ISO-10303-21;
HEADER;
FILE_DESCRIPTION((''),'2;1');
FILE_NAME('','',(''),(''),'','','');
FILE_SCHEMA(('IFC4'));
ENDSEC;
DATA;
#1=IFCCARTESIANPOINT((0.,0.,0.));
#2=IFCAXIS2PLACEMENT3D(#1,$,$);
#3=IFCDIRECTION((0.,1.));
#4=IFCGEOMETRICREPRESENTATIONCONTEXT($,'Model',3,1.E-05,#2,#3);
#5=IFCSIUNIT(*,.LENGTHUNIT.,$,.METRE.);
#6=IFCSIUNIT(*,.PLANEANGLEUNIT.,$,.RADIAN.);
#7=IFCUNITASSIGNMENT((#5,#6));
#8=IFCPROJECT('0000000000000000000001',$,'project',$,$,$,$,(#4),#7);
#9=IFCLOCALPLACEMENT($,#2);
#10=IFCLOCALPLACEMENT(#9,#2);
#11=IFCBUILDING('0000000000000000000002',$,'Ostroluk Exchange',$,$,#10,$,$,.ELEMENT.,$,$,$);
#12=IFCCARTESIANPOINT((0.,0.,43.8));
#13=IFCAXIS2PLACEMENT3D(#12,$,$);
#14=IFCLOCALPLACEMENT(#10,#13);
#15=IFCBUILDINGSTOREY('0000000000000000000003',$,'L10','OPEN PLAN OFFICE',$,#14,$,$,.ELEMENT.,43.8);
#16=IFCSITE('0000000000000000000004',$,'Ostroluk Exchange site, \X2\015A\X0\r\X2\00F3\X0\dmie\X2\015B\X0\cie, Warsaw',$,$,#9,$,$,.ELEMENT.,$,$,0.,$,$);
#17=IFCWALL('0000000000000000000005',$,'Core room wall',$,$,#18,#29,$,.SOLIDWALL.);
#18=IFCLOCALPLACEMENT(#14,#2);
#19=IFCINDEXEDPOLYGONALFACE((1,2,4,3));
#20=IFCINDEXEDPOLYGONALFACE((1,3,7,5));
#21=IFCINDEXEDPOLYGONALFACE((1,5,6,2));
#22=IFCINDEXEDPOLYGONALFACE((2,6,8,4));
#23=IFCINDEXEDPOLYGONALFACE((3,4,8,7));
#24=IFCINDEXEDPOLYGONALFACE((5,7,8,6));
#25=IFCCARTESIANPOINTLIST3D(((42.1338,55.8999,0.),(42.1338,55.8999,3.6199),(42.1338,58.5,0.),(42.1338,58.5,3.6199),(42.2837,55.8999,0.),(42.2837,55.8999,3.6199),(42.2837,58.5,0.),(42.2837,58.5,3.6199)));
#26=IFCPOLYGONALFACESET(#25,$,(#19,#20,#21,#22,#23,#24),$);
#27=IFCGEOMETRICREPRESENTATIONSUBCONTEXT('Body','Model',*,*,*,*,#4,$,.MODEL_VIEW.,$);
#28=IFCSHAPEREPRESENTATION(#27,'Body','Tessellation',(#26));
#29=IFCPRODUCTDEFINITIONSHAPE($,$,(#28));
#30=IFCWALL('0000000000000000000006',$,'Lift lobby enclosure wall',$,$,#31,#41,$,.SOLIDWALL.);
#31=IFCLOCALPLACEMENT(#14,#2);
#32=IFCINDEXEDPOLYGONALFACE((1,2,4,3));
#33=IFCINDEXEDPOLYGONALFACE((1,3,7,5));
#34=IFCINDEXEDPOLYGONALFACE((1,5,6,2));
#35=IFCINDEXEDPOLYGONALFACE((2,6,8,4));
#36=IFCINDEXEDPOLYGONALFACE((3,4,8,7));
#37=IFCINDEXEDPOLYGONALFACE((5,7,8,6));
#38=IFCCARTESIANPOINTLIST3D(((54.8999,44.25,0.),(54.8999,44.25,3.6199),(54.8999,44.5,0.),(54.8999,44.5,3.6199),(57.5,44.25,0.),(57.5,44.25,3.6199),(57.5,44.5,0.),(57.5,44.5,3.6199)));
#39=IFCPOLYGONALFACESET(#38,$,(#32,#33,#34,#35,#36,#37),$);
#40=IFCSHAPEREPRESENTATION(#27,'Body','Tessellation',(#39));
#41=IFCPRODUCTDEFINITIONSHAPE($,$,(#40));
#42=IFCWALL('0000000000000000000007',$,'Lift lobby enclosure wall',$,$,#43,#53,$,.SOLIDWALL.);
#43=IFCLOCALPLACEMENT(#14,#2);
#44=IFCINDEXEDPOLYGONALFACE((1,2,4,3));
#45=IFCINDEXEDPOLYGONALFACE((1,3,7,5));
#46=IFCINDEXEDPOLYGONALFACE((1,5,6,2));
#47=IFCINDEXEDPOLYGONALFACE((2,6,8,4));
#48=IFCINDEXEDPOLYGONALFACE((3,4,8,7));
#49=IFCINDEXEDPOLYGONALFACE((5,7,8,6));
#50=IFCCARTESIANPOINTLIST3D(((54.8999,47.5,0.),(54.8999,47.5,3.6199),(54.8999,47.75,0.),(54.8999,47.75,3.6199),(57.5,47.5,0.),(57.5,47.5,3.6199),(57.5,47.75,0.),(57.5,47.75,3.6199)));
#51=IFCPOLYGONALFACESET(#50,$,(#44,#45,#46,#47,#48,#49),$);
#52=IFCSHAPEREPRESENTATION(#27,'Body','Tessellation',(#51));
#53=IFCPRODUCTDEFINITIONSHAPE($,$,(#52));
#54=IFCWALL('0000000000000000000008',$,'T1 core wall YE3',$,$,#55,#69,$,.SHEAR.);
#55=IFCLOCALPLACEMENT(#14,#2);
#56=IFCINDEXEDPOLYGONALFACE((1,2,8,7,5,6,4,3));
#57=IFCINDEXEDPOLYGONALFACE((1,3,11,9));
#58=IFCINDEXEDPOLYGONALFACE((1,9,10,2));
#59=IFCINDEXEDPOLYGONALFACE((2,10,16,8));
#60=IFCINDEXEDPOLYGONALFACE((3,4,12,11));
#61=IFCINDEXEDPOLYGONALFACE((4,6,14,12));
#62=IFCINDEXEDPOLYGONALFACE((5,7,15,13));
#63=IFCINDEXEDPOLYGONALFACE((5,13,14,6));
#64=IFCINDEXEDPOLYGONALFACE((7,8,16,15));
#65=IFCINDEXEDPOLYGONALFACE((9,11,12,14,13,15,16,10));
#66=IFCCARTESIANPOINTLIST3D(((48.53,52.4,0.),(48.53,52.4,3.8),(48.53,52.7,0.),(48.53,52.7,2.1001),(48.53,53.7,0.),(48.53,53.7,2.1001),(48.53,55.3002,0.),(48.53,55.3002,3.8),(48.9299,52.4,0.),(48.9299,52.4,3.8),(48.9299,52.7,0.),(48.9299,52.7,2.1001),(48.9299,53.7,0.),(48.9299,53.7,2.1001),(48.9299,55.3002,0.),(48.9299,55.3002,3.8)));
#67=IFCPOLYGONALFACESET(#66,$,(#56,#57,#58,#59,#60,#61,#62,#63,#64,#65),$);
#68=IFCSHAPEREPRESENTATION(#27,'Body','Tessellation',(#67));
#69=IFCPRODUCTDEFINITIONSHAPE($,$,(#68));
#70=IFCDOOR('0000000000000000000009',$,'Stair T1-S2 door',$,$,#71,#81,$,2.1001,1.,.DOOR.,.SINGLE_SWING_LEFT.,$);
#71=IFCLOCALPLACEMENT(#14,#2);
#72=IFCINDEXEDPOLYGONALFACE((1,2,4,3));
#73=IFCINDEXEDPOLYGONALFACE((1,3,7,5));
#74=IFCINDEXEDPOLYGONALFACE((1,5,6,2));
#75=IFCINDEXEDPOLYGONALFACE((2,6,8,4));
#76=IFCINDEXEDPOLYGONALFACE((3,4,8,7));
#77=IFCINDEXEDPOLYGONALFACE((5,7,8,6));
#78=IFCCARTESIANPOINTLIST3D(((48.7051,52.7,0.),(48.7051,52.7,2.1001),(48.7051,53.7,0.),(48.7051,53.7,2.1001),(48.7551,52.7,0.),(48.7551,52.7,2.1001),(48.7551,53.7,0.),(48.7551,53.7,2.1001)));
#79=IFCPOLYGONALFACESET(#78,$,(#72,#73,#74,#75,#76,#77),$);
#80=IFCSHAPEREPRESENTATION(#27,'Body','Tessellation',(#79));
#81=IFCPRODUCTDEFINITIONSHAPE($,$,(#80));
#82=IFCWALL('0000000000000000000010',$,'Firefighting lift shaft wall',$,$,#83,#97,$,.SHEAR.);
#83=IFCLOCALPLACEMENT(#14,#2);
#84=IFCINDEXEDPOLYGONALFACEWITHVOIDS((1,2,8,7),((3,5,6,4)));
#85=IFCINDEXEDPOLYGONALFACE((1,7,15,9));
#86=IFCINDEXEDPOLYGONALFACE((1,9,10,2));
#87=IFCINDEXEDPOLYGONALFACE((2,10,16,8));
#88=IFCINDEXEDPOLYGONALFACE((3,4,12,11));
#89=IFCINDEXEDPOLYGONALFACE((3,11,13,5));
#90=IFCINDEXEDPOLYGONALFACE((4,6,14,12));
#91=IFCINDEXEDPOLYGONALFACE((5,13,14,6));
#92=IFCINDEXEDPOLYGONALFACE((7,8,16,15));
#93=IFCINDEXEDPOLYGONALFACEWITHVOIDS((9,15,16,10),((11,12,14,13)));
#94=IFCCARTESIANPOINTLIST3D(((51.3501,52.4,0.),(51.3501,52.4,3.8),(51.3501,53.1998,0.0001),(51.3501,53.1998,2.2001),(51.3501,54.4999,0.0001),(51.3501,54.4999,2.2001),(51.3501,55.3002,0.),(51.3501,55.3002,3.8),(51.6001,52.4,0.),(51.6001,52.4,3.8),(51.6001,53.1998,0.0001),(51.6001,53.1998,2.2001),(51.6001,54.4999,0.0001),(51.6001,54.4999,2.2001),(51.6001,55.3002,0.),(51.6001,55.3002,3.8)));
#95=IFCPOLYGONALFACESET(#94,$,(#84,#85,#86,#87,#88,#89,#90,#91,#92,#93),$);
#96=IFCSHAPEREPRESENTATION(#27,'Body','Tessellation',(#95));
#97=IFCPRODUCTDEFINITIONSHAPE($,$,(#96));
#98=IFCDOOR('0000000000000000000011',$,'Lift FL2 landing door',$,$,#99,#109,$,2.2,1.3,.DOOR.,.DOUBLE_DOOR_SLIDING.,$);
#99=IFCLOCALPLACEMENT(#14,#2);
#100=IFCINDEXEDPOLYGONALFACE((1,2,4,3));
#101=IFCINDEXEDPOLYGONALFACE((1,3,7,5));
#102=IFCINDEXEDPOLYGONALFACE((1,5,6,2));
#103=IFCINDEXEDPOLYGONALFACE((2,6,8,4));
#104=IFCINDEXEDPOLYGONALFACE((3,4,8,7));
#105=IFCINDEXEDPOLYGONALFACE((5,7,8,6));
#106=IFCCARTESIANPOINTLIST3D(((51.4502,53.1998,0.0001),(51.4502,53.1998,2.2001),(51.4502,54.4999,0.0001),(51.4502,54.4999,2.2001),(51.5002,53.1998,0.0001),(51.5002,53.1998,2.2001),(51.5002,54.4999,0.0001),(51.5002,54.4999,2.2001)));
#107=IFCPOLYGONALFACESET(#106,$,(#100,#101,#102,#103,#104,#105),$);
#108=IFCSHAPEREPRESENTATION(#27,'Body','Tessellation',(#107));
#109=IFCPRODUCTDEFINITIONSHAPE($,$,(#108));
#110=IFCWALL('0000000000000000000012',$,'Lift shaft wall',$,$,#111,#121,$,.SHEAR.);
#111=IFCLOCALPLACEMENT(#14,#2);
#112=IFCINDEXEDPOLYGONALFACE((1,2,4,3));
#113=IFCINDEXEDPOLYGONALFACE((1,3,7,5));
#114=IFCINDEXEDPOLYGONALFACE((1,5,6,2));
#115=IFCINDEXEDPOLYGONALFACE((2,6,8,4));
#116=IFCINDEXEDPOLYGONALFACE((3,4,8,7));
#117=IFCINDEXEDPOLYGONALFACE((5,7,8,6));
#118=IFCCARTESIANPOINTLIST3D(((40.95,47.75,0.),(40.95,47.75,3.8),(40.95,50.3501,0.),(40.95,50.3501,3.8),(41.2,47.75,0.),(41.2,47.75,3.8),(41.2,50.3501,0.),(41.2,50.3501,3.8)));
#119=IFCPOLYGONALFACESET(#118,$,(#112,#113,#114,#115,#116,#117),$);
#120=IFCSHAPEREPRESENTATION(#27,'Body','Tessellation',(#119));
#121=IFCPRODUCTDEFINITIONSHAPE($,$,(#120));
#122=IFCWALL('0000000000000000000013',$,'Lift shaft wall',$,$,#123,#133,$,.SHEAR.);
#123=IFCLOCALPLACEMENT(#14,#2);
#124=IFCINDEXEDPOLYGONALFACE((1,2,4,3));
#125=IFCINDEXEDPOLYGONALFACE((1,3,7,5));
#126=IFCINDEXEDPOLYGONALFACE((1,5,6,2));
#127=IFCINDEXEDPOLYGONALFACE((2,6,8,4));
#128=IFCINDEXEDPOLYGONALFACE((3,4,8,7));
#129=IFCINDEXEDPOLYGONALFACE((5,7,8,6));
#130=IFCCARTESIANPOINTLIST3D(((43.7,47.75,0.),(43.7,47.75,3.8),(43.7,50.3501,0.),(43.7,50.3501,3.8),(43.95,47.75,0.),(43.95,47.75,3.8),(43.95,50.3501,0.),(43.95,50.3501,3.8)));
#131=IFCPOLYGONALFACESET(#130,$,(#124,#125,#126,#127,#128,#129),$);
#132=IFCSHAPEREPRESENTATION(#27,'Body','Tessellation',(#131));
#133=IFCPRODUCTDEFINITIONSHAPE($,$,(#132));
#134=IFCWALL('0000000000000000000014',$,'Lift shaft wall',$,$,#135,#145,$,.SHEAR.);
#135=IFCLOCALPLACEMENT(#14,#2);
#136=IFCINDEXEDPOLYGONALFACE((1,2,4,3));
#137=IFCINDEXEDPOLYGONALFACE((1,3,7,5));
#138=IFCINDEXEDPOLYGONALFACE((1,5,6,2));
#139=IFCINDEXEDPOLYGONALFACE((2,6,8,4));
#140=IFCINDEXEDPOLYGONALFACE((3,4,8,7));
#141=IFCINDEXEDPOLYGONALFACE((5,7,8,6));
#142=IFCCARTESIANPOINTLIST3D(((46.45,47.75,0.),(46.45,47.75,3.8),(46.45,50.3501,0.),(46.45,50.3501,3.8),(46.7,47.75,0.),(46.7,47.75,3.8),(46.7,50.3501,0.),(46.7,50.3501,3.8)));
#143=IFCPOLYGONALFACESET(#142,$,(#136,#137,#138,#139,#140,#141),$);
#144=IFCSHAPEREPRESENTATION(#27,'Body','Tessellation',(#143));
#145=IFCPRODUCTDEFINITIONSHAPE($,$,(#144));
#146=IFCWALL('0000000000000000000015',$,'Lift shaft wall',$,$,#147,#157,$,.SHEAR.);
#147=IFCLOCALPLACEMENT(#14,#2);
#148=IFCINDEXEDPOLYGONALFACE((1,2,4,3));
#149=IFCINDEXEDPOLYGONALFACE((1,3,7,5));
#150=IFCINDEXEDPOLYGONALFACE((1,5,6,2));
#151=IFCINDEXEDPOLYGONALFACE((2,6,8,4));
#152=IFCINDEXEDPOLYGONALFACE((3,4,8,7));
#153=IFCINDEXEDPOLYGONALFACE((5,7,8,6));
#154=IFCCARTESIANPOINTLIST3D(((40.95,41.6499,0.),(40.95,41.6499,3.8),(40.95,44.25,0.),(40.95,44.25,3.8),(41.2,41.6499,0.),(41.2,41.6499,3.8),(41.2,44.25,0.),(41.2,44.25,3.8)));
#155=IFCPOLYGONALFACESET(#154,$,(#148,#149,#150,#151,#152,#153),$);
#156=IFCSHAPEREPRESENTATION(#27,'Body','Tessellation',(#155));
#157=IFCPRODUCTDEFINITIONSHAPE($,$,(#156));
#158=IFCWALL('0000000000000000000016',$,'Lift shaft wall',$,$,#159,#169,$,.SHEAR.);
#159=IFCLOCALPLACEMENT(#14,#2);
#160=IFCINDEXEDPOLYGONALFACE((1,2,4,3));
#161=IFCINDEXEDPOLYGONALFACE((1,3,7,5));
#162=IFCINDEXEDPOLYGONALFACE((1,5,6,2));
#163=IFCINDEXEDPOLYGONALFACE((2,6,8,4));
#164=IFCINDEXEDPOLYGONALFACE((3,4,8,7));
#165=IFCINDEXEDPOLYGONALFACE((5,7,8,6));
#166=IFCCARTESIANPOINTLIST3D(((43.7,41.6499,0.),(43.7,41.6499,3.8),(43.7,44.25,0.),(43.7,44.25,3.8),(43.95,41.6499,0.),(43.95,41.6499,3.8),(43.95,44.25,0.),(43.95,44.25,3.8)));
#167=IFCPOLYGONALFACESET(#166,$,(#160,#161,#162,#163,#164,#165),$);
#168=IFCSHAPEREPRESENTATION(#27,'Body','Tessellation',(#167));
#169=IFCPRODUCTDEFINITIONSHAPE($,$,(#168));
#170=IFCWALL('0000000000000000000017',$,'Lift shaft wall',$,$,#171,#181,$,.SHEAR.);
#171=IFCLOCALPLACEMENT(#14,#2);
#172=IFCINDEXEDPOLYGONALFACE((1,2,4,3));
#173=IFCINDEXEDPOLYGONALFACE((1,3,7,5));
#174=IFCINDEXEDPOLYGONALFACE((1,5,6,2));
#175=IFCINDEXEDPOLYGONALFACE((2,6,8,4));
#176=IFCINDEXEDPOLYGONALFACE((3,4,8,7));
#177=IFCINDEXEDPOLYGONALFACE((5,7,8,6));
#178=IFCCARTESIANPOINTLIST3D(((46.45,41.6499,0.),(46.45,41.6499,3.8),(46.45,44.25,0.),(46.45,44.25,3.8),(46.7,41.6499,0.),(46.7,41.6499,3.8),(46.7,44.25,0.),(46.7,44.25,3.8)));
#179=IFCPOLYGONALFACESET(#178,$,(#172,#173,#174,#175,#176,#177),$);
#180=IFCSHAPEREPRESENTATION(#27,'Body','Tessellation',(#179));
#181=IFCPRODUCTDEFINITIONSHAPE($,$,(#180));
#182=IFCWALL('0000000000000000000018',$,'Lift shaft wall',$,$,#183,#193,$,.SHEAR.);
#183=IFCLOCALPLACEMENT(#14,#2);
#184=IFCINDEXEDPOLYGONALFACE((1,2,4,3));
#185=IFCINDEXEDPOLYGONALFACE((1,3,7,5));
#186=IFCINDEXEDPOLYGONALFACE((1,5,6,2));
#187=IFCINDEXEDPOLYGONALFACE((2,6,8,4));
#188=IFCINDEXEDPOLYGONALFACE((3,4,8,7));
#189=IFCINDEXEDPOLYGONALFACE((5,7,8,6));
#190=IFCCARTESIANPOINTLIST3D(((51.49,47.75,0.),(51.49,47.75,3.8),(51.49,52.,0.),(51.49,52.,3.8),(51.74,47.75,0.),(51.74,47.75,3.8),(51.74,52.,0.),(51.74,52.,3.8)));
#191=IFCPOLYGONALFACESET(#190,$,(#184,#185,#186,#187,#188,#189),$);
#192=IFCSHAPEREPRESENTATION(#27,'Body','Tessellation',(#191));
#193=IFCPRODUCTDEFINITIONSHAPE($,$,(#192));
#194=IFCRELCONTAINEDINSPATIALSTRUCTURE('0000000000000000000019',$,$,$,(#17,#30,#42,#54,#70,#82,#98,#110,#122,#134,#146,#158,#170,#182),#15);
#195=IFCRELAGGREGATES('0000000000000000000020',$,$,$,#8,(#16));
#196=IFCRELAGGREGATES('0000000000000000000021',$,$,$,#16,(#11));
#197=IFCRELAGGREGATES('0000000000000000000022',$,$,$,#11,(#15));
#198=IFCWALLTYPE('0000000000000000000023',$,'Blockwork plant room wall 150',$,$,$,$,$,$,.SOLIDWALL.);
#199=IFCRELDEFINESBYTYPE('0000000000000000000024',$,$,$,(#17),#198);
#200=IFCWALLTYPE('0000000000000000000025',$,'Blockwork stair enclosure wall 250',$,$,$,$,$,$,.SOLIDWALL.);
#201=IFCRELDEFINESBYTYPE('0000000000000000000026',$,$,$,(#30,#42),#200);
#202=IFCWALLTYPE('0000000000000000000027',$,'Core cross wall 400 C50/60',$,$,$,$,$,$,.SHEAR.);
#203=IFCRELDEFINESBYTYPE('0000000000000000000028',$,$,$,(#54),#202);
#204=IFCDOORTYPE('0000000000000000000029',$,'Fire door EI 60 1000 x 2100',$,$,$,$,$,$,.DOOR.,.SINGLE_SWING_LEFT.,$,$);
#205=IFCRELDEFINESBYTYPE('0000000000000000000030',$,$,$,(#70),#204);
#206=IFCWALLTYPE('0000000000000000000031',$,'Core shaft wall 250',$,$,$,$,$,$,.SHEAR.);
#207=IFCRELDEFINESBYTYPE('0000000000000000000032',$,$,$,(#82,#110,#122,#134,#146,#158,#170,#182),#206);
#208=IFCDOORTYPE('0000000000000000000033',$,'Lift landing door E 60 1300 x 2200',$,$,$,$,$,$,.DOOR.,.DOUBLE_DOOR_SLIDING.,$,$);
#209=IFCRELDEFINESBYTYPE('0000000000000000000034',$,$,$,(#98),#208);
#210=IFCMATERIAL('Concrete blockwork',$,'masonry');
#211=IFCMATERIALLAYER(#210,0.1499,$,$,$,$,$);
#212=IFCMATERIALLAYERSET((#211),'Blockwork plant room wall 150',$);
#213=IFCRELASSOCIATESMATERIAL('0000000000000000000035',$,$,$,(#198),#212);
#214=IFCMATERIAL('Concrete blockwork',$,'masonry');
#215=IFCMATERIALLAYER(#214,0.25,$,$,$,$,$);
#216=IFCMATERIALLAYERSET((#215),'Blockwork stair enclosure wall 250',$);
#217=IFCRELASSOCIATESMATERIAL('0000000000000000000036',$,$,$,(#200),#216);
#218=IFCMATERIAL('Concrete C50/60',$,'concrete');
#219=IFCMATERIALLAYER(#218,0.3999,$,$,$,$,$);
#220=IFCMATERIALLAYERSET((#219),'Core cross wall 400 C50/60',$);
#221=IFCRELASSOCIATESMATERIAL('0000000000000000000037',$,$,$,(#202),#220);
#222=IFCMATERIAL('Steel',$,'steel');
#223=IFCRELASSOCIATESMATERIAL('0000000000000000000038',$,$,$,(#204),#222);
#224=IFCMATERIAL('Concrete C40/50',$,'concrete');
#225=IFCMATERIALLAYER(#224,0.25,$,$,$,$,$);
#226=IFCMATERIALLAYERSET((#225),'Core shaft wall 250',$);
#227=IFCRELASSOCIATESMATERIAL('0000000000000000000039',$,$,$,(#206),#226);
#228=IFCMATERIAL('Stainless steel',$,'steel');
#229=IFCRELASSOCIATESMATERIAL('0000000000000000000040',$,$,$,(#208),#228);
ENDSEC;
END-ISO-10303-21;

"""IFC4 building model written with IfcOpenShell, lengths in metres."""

from ifc_helpers import new_model, si_unit, direction, frame, frame_2d, origin, place, context, subcontext, project, spatial, rectangle, extrude, material, layer, layer_set, type_object, element, fill, save


model = new_model("IFC4")

# Units and contexts
model_context = context("Model", 3, precision=1e-05, world=origin(), true_north=direction((0.0, 1.0)))
body_context = subcontext(model_context, "Body", "Model", "MODEL_VIEW")
ifc_project = project(units=[si_unit("LENGTHUNIT", "METRE"), si_unit("PLANEANGLEUNIT", "RADIAN")], contexts=[model_context])

# Site, building, storey
site_placement = place(None, origin())
site = spatial("IfcSite", under=ifc_project, at=site_placement, Name="Ostroluk Exchange site, Śródmieście, Warsaw", CompositionType="ELEMENT", RefElevation=0.0)
building_placement = place(site_placement, origin())
building = spatial("IfcBuilding", under=site, at=building_placement, Name="Ostroluk Exchange", CompositionType="ELEMENT")
storey_placement = place(building_placement, frame((0.0, 0.0, 43.8)))
storey = spatial("IfcBuildingStorey", under=building, at=storey_placement, Name="L10", Description="OPEN PLAN OFFICE", CompositionType="ELEMENT", Elevation=43.8)

# Walls
ifc_material_1 = material(Name="Concrete blockwork", Category="masonry")
ifc_layer_1 = layer(ifc_material_1, 0.1499)
ifc_layer_set_1 = layer_set([ifc_layer_1], Name="Blockwork plant room wall 150")
wall_type_1 = type_object("IfcWallType", Name="Blockwork plant room wall 150", PredefinedType="SOLIDWALL", material=ifc_layer_set_1)
wall_1_placement = place(storey_placement, frame((42.2087, 55.8999, 0.0), z_axis=(0.0, 0.0, 1.0), x_axis=(0.0, 1.0, 0.0)))
element("IfcWall", 1, at=wall_1_placement, inside=storey, type_object=wall_type_1, Name="Core room wall", PredefinedType="SOLIDWALL", context=body_context, shape_type="SweptSolid", body=[
    extrude(rectangle(XDim=2.6001, YDim=0.1499, at=frame_2d((1.3, 0.0))), origin(), (0.0, 0.0, 1.0), 3.6199),
])
ifc_material_2 = material(Name="Concrete blockwork", Category="masonry")
ifc_layer_2 = layer(ifc_material_2, 0.25)
ifc_layer_set_2 = layer_set([ifc_layer_2], Name="Blockwork stair enclosure wall 250")
wall_type_2 = type_object("IfcWallType", Name="Blockwork stair enclosure wall 250", PredefinedType="SOLIDWALL", material=ifc_layer_set_2)
for number, where, z_axis, x_axis, name in (
    (2, (54.8999, 44.375, 0.0), (0.0, 0.0, 1.0), (1.0, 0.0, 0.0), "Lift lobby enclosure wall"),
    (3, (54.8999, 47.625, 0.0), (0.0, 0.0, 1.0), (1.0, 0.0, 0.0), "Lift lobby enclosure wall"),
):
    element("IfcWall", number, at=place(storey_placement, frame(where, z_axis=z_axis, x_axis=x_axis)), inside=storey, type_object=wall_type_2, Name=name, PredefinedType="SOLIDWALL", context=body_context, shape_type="SweptSolid", body=[
        extrude(rectangle(XDim=2.6001, YDim=0.25, at=frame_2d((1.3, 0.0))), origin(), (0.0, 0.0, 1.0), 3.6199),
    ])

# Walls, openings, doors
ifc_material_3 = material(Name="Concrete C50/60", Category="concrete")
ifc_layer_3 = layer(ifc_material_3, 0.3999)
ifc_layer_set_3 = layer_set([ifc_layer_3], Name="Core cross wall 400 C50/60")
wall_type_3 = type_object("IfcWallType", Name="Core cross wall 400 C50/60", PredefinedType="SHEAR", material=ifc_layer_set_3)
wall_2_placement = place(storey_placement, frame((48.73, 52.3999, 0.0), z_axis=(0.0, 0.0, 1.0), x_axis=(0.0, 1.0, 0.0)))
wall_2 = element("IfcWall", 4, at=wall_2_placement, inside=storey, type_object=wall_type_3, Name="T1 core wall YE3", PredefinedType="SHEAR", context=body_context, shape_type="SweptSolid", body=[
    extrude(rectangle(XDim=2.9001, YDim=0.3999, at=frame_2d((1.4502, 0.0))), origin(), (0.0, 0.0, 1.0), 3.8),
])
opening_1_placement = place(wall_2_placement, frame((0.3, 0.0, 0.0)))
opening_1 = element("IfcOpeningElement", 5, at=opening_1_placement, cuts=wall_2, PredefinedType="OPENING", context=body_context, shape_type="SweptSolid", body=[
    extrude(rectangle(XDim=1.0, YDim=2.1001, at=frame_2d((0.5, 1.05))), frame((0.0, 0.21, 0.0), z_axis=(0.0, -1.0, 0.0), x_axis=(1.0, 0.0, 0.0)), (0.0, 0.0, 1.0), 0.4199),
])
ifc_material_4 = material(Name="Steel", Category="steel")
door_type_1 = type_object("IfcDoorType", Name="Fire door EI 60 1000 x 2100", OperationType="SINGLE_SWING_LEFT", PredefinedType="DOOR", material=ifc_material_4)
door_1_placement = place(opening_1_placement, origin())
door_1 = element("IfcDoor", 6, at=door_1_placement, inside=storey, type_object=door_type_1, Name="Stair T1-S2 door", OperationType="SINGLE_SWING_LEFT", OverallHeight=2.1001, OverallWidth=1.0, PredefinedType="DOOR", context=body_context, shape_type="SweptSolid", body=[
    extrude(rectangle(XDim=1.0, YDim=2.1001, at=frame_2d((0.5, 1.05))), frame((0.0, 0.0249, 0.0), z_axis=(0.0, -1.0, 0.0), x_axis=(1.0, 0.0, 0.0)), (0.0, 0.0, 1.0), 0.05),
])
fill(opening_1, door_1)
ifc_material_5 = material(Name="Concrete C40/50", Category="concrete")
ifc_layer_4 = layer(ifc_material_5, 0.25)
ifc_layer_set_4 = layer_set([ifc_layer_4], Name="Core shaft wall 250")
wall_type_4 = type_object("IfcWallType", Name="Core shaft wall 250", PredefinedType="SHEAR", material=ifc_layer_set_4)
wall_3_placement = place(storey_placement, frame((51.4751, 52.3999, 0.0), z_axis=(0.0, 0.0, 1.0), x_axis=(0.0, 1.0, 0.0)))
wall_3 = element("IfcWall", 7, at=wall_3_placement, inside=storey, type_object=wall_type_4, Name="Firefighting lift shaft wall", PredefinedType="SHEAR", context=body_context, shape_type="SweptSolid", body=[
    extrude(rectangle(XDim=2.9001, YDim=0.25, at=frame_2d((1.4502, 0.0))), origin(), (0.0, 0.0, 1.0), 3.8),
])
opening_2_placement = place(wall_3_placement, frame((0.8, 0.0, 0.0)))
opening_2 = element("IfcOpeningElement", 8, at=opening_2_placement, cuts=wall_3, PredefinedType="OPENING", context=body_context, shape_type="SweptSolid", body=[
    extrude(rectangle(XDim=1.3, YDim=2.2, at=frame_2d((0.6499, 1.1001))), frame((0.0, 0.135, 0.0), z_axis=(0.0, -1.0, 0.0), x_axis=(1.0, 0.0, 0.0)), (0.0, 0.0, 1.0), 0.27),
])
ifc_material_6 = material(Name="Stainless steel", Category="steel")
door_type_2 = type_object("IfcDoorType", Name="Lift landing door E 60 1300 x 2200", OperationType="DOUBLE_DOOR_SLIDING", PredefinedType="DOOR", material=ifc_material_6)
door_2_placement = place(opening_2_placement, origin())
door_2 = element("IfcDoor", 9, at=door_2_placement, inside=storey, type_object=door_type_2, Name="Lift FL2 landing door", OperationType="DOUBLE_DOOR_SLIDING", OverallHeight=2.2, OverallWidth=1.3, PredefinedType="DOOR", context=body_context, shape_type="SweptSolid", body=[
    extrude(rectangle(XDim=1.3, YDim=2.2, at=frame_2d((0.6499, 1.1001))), frame((0.0, 0.0249, 0.0), z_axis=(0.0, -1.0, 0.0), x_axis=(1.0, 0.0, 0.0)), (0.0, 0.0, 1.0), 0.05),
])
fill(opening_2, door_2)

# Walls
for number, where, z_axis, x_axis, name in (
    (10, (41.075, 47.75, 0.0), (0.0, 0.0, 1.0), (0.0, 1.0, 0.0), "Lift shaft wall"),
    (11, (43.825, 47.75, 0.0), (0.0, 0.0, 1.0), (0.0, 1.0, 0.0), "Lift shaft wall"),
    (12, (46.575, 47.75, 0.0), (0.0, 0.0, 1.0), (0.0, 1.0, 0.0), "Lift shaft wall"),
    (13, (41.075, 44.25, 0.0), (0.0, 0.0, 1.0), (0.0, -1.0, 0.0), "Lift shaft wall"),
    (14, (43.825, 44.25, 0.0), (0.0, 0.0, 1.0), (0.0, -1.0, 0.0), "Lift shaft wall"),
    (15, (46.575, 44.25, 0.0), (0.0, 0.0, 1.0), (0.0, -1.0, 0.0), "Lift shaft wall"),
):
    element("IfcWall", number, at=place(storey_placement, frame(where, z_axis=z_axis, x_axis=x_axis)), inside=storey, type_object=wall_type_4, Name=name, PredefinedType="SHEAR", context=body_context, shape_type="SweptSolid", body=[
        extrude(rectangle(XDim=2.6001, YDim=0.25, at=frame_2d((1.3, 0.0))), origin(), (0.0, 0.0, 1.0), 3.8),
    ])
wall_4_placement = place(storey_placement, frame((51.615, 47.75, 0.0), z_axis=(0.0, 0.0, 1.0), x_axis=(0.0, 1.0, 0.0)))
element("IfcWall", 16, at=wall_4_placement, inside=storey, type_object=wall_type_4, Name="Lift shaft wall", PredefinedType="SHEAR", context=body_context, shape_type="SweptSolid", body=[
    extrude(rectangle(XDim=4.25, YDim=0.25, at=frame_2d((2.125, 0.0))), origin(), (0.0, 0.0, 1.0), 3.8),
])

save(model, "model.ifc")
